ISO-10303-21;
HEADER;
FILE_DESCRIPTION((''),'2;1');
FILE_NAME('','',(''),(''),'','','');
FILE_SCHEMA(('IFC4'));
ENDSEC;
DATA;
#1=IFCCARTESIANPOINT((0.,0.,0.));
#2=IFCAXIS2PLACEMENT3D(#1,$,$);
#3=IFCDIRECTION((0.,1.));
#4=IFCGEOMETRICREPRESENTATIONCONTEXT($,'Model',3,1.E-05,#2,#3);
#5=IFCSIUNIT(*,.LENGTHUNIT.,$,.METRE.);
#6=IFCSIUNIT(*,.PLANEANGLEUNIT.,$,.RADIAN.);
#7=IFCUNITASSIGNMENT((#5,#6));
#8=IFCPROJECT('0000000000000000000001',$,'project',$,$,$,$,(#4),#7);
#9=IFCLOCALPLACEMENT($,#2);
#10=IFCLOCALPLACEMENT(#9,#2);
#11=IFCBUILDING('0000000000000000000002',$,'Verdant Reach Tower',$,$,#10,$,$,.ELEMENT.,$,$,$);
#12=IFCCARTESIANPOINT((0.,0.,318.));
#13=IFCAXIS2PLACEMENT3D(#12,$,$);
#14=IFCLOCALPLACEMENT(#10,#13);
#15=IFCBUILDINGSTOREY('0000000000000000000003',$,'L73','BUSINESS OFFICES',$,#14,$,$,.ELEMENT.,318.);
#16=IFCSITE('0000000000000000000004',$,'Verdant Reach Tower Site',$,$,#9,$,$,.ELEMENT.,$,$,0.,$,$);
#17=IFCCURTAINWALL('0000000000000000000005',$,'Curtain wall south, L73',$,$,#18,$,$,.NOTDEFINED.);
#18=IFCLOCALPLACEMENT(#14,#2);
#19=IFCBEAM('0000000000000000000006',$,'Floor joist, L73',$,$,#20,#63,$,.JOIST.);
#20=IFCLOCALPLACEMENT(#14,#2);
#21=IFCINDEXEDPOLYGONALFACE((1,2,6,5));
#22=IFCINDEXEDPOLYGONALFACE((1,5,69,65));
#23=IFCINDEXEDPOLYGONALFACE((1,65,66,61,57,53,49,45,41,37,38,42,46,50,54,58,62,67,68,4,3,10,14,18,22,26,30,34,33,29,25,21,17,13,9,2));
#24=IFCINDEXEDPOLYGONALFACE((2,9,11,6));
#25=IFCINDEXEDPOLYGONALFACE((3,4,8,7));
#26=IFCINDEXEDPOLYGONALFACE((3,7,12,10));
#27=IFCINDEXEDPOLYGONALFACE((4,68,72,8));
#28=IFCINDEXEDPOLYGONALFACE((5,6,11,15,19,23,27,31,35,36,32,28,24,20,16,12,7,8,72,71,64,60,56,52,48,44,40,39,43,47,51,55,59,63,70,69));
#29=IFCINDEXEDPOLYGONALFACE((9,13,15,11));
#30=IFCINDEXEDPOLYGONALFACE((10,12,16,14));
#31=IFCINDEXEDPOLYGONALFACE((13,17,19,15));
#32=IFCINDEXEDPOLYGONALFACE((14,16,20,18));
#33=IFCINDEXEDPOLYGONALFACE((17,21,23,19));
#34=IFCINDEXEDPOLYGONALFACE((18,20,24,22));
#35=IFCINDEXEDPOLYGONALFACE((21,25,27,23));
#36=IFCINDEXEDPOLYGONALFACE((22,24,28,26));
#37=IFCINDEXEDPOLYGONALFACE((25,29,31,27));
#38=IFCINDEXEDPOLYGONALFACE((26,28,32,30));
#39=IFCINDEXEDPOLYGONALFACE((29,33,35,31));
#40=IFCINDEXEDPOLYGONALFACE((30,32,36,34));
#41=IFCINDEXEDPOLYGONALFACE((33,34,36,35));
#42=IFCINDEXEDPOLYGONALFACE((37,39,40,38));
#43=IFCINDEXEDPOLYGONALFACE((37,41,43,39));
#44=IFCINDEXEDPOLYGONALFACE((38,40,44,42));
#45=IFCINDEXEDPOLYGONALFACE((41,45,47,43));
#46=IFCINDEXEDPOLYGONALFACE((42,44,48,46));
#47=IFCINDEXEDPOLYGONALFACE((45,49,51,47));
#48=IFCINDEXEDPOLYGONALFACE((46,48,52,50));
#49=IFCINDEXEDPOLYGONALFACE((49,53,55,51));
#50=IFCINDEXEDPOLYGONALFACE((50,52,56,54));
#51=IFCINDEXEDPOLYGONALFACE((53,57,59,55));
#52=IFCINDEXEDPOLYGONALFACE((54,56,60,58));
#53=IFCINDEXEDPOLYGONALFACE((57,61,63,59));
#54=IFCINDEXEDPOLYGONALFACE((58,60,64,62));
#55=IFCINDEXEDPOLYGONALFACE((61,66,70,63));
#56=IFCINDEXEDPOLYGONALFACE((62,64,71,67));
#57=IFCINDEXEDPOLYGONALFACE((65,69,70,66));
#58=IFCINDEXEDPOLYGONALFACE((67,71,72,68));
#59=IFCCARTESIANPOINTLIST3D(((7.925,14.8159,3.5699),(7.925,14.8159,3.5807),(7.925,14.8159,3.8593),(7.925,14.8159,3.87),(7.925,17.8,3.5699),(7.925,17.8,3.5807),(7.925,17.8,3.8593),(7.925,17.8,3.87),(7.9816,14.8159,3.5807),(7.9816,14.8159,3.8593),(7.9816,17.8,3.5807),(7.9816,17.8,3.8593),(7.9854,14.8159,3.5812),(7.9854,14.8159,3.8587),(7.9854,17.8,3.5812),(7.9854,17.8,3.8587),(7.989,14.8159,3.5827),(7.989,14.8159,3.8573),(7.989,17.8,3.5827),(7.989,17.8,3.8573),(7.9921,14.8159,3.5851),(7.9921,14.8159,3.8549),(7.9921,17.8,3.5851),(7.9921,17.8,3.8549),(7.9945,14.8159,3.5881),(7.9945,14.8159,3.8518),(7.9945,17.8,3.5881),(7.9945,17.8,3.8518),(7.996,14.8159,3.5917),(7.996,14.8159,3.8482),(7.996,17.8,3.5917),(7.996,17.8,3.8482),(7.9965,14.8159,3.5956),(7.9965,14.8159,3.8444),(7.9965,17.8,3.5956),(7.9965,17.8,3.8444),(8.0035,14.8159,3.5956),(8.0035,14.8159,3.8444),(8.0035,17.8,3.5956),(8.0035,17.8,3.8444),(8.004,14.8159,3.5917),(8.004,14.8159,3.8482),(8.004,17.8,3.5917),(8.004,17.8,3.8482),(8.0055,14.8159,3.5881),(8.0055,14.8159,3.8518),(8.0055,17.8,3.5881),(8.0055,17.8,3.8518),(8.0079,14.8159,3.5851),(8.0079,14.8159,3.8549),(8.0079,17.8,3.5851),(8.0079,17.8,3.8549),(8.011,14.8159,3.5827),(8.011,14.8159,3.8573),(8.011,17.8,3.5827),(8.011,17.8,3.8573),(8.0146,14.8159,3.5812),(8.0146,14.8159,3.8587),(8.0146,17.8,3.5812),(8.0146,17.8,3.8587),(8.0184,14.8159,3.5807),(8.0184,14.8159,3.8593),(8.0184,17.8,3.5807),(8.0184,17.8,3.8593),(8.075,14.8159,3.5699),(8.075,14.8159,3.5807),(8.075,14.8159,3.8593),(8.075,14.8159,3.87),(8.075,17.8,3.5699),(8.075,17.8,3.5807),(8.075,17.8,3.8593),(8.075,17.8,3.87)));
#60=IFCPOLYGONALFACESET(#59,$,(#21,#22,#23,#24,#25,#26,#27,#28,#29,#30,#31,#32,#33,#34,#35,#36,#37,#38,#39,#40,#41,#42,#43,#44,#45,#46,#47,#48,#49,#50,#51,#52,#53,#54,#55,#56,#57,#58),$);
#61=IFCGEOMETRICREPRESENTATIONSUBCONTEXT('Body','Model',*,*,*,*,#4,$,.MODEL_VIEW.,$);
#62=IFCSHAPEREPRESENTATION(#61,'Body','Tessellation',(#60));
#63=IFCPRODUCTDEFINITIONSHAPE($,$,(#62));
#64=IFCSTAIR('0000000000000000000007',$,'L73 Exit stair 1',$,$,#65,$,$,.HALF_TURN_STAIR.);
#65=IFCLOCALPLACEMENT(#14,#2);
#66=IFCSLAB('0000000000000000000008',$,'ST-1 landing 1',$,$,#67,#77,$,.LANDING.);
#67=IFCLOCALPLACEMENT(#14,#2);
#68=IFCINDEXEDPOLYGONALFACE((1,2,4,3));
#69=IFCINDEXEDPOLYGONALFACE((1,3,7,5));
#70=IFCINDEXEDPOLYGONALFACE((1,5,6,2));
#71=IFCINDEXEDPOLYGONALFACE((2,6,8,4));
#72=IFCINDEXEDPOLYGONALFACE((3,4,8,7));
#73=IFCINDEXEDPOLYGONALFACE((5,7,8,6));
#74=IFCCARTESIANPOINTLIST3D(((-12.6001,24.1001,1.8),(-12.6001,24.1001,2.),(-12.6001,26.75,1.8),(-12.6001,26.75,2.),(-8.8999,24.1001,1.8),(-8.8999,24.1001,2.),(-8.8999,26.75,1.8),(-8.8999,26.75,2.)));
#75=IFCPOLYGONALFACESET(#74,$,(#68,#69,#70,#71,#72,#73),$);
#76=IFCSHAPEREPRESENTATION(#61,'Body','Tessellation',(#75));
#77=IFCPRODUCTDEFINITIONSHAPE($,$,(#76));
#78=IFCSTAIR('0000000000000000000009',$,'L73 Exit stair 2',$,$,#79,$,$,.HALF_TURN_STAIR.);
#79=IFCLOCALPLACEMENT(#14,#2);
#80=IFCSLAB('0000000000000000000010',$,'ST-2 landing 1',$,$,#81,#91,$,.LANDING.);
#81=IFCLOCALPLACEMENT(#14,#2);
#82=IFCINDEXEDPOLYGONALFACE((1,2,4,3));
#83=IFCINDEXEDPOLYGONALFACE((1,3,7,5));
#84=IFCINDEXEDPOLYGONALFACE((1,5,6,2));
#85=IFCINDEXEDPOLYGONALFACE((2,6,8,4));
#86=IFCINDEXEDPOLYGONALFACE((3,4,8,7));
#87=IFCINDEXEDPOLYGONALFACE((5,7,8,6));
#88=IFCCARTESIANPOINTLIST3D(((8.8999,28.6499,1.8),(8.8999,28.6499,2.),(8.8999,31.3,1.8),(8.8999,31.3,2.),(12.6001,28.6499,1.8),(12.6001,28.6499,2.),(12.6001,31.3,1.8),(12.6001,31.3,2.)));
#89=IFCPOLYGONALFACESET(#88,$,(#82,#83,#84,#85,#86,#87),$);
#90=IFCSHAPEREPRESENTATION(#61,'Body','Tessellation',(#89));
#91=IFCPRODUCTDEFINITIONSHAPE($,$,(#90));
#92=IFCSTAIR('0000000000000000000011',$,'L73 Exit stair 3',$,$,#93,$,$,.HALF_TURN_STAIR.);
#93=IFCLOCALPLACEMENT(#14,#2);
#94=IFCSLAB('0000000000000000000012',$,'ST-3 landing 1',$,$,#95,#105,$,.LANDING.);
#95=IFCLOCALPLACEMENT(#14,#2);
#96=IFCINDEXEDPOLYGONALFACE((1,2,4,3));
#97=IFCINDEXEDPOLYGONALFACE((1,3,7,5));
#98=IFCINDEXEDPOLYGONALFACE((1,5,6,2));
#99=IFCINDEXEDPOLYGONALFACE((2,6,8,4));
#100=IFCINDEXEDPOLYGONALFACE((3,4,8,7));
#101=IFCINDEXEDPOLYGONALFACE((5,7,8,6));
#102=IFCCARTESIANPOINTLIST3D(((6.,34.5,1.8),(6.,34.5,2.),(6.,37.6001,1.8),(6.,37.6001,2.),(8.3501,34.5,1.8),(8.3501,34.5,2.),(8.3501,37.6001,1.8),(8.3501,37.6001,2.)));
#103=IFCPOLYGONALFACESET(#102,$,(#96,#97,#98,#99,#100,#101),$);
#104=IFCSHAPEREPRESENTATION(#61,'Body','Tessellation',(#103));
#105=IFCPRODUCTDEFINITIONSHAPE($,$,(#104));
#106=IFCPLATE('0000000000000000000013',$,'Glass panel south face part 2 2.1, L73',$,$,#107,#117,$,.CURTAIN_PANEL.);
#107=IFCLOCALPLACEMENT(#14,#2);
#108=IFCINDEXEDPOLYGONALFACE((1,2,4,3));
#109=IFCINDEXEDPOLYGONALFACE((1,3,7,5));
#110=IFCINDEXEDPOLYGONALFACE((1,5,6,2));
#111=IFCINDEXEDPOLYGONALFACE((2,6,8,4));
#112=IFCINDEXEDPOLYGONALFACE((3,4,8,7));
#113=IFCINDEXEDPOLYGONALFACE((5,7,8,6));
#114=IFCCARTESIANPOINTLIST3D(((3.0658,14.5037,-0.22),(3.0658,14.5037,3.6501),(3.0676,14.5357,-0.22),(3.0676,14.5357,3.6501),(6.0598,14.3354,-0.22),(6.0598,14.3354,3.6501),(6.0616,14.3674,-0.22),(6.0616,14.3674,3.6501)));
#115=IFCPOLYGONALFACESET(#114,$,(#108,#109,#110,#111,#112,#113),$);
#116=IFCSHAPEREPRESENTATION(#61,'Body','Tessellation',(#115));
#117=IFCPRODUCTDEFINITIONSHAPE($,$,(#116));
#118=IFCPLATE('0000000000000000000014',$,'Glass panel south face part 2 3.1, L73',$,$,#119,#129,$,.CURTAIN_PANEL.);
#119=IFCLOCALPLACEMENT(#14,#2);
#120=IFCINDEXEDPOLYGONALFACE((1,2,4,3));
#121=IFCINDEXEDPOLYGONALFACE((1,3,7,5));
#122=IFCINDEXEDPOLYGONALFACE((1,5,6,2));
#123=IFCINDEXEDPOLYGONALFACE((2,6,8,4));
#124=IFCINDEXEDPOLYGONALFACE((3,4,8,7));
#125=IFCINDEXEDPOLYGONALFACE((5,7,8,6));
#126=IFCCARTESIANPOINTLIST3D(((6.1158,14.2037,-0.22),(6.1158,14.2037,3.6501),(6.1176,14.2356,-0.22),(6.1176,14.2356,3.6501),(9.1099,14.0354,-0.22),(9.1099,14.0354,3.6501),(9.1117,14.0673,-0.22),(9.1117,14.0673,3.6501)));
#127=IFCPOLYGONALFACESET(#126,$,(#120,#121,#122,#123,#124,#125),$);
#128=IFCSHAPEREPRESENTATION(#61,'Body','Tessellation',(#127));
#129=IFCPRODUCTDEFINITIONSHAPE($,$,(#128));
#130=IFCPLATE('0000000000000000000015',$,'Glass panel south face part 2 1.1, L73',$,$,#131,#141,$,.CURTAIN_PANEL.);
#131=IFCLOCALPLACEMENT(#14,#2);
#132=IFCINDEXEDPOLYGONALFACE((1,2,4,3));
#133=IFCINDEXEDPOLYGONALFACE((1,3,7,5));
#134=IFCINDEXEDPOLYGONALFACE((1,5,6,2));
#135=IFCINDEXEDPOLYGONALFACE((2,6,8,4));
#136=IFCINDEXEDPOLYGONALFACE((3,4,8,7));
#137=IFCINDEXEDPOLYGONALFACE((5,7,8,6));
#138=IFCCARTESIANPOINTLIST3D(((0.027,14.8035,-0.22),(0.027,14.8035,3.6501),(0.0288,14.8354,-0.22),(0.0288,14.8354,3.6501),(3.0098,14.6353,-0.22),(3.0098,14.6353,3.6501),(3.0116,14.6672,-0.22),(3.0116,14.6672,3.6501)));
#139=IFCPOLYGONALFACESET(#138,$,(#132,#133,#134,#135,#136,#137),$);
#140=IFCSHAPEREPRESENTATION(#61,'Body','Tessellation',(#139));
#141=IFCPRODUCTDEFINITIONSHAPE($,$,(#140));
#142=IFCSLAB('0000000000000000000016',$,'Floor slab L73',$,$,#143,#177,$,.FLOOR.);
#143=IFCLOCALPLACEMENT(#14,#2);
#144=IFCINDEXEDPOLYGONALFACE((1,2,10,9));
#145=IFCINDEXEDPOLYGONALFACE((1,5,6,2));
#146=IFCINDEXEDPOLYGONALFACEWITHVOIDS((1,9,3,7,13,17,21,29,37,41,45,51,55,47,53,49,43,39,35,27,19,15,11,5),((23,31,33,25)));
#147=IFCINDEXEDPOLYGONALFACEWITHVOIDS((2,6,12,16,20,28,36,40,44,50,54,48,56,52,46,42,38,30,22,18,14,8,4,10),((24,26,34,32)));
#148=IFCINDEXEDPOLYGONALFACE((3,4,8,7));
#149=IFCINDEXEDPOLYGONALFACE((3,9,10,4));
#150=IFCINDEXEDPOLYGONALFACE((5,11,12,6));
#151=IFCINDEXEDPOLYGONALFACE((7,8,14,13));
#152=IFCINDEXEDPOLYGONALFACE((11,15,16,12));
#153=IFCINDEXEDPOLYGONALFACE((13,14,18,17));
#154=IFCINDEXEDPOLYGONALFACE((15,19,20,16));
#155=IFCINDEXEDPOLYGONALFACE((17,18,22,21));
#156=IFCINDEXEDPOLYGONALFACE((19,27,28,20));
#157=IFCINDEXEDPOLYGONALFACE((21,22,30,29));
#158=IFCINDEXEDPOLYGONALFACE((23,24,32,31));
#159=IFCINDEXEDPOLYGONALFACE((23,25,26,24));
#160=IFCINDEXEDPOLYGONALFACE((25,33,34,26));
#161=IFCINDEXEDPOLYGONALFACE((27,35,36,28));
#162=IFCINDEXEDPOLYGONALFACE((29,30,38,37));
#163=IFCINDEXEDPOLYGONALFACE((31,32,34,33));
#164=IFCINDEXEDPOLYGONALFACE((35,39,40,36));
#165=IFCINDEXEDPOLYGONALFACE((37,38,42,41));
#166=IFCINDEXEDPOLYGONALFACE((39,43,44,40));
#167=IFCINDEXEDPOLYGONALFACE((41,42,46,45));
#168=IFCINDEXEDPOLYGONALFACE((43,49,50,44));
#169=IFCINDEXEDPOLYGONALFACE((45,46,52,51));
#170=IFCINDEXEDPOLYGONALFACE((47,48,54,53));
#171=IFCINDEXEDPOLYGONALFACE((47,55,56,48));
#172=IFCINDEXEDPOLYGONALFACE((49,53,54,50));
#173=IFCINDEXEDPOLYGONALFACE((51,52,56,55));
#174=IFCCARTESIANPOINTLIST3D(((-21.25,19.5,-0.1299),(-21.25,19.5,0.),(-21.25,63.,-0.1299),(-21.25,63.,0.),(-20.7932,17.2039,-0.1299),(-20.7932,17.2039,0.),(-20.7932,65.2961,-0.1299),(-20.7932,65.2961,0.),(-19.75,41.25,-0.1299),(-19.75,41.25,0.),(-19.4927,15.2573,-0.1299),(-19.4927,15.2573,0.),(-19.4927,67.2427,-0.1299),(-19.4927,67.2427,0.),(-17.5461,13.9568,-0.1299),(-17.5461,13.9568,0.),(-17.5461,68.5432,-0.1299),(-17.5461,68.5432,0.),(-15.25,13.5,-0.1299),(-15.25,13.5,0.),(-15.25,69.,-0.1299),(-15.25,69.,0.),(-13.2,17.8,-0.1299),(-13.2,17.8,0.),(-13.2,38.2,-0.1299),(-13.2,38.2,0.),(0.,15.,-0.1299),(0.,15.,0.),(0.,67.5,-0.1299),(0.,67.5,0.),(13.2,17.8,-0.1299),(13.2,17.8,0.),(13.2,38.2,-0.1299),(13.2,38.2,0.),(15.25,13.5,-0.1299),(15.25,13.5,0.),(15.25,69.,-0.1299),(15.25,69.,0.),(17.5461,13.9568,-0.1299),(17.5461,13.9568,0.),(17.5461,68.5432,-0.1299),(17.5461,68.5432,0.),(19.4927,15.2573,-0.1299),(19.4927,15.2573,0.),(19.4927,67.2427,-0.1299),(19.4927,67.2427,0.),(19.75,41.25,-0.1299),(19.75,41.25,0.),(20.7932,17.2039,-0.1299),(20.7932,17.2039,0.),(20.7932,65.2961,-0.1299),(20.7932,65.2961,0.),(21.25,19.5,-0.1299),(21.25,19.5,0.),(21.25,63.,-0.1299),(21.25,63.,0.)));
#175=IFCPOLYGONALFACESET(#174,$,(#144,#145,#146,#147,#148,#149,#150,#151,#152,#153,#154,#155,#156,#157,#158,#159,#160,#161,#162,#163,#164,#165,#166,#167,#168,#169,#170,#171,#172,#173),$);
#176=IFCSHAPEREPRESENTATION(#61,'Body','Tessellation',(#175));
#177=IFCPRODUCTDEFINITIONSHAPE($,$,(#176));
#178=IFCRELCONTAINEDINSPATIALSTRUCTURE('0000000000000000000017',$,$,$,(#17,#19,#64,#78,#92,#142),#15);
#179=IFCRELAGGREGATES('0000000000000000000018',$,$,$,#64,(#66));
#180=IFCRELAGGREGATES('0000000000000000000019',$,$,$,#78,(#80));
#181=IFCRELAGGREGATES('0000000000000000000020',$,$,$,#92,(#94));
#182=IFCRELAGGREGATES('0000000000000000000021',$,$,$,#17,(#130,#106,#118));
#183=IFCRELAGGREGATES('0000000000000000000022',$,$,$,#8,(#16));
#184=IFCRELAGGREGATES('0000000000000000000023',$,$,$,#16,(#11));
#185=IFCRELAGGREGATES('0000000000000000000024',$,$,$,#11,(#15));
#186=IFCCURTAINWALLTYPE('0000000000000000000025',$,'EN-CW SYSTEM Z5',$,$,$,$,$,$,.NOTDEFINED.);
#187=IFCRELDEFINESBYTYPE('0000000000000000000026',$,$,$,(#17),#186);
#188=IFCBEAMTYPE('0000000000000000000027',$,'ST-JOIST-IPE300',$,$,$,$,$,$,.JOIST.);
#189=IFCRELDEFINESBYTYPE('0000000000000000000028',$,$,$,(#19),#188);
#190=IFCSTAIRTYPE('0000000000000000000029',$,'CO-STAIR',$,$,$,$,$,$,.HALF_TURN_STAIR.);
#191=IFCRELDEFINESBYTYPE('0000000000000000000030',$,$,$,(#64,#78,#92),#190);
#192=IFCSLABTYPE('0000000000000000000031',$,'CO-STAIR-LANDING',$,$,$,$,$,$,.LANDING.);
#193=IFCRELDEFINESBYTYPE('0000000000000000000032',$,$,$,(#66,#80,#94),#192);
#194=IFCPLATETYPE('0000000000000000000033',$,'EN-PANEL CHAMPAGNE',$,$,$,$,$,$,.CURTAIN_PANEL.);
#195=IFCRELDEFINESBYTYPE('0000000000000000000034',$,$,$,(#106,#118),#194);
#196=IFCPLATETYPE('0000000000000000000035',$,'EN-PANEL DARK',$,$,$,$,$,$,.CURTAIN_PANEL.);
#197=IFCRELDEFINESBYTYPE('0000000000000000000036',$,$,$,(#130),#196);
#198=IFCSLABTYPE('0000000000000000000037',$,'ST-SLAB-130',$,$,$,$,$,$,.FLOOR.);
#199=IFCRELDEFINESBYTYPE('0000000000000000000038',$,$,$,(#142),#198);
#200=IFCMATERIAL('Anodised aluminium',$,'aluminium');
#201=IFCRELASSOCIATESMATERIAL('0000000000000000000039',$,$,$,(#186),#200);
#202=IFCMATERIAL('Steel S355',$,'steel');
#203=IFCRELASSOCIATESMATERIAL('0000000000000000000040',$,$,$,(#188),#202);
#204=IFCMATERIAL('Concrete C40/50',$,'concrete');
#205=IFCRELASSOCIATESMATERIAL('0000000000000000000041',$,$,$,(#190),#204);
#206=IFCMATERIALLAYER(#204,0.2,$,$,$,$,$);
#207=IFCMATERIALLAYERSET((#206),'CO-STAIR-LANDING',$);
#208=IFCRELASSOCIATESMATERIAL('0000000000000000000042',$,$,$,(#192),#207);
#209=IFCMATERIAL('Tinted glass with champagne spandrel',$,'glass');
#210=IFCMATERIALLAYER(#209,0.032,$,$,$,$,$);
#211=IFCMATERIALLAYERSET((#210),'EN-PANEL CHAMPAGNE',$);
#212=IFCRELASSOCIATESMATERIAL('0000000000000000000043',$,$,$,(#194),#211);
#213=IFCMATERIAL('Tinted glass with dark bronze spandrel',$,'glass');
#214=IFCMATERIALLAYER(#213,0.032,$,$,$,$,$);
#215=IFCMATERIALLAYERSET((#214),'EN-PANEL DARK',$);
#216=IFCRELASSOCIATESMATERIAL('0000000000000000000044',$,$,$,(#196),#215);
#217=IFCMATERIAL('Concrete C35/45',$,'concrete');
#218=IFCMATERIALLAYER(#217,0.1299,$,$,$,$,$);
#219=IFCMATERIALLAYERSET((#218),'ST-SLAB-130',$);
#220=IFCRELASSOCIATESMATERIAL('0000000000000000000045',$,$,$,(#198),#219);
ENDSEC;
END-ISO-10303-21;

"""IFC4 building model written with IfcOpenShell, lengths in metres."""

from ifc_helpers import new_model, si_unit, direction, frame, origin, origin_2d, place, context, subcontext, project, spatial, polyline, rectangle, i_section, outline, extrude, material, layer, layer_set, material_profile, profile_set, type_object, element, aggregate, save


model = new_model("IFC4")

# Units and contexts
model_context = context("Model", 3, precision=1e-05, world=origin(), true_north=direction((0.0, 1.0)))
body_context = subcontext(model_context, "Body", "Model", "MODEL_VIEW")
ifc_project = project(units=[si_unit("LENGTHUNIT", "METRE"), si_unit("PLANEANGLEUNIT", "RADIAN")], contexts=[model_context])

# Site, building, storey
site_placement = place(None, origin())
site = spatial("IfcSite", under=ifc_project, at=site_placement, Name="Verdant Reach Tower Site", CompositionType="ELEMENT", RefElevation=0.0)
building_placement = place(site_placement, origin())
building = spatial("IfcBuilding", under=site, at=building_placement, Name="Verdant Reach Tower", CompositionType="ELEMENT")
storey_placement = place(building_placement, frame((0.0, 0.0, 318.0)))
storey = spatial("IfcBuildingStorey", under=building, at=storey_placement, Name="L73", Description="BUSINESS OFFICES", CompositionType="ELEMENT", Elevation=318.0)

# Curtain wall
ifc_material_1 = material(Name="Anodised aluminium", Category="aluminium")
curtain_wall_type = type_object("IfcCurtainWallType", Name="EN-CW SYSTEM Z5", PredefinedType="NOTDEFINED", material=ifc_material_1)
curtain_wall_placement = place(storey_placement, origin())
curtain_wall = element("IfcCurtainWall", 1, at=curtain_wall_placement, inside=storey, type_object=curtain_wall_type, Name="Curtain wall south, L73", PredefinedType="NOTDEFINED")

# Beam
ifc_material_2 = material(Name="Steel S355", Category="steel")
ifc_material_profile_1 = material_profile(ifc_material_2, i_section(OverallWidth=0.1499, OverallDepth=0.3, WebThickness=0.0071, FlangeThickness=0.0107, FilletRadius=0.0149, at=origin_2d()), Name="IPE 300")
ifc_profile_set_1 = profile_set([ifc_material_profile_1], Name="Steel S355")
beam_type = type_object("IfcBeamType", Name="ST-JOIST-IPE300", PredefinedType="JOIST", material=ifc_profile_set_1)
beam_1_placement = place(storey_placement, frame((8.0, 17.8, 3.72), z_axis=(0.0, -1.0, 0.0), x_axis=(1.0, 0.0, 0.0)))
element("IfcBeam", 2, at=beam_1_placement, inside=storey, type_object=beam_type, Name="Floor joist, L73", PredefinedType="JOIST", context=body_context, shape_type="SweptSolid", body=[
    extrude(i_section(OverallWidth=0.1499, OverallDepth=0.3, WebThickness=0.0071, FlangeThickness=0.0107, FilletRadius=0.0149, at=origin_2d()), origin(), (0.0, 0.0, 1.0), 2.9841),
])

# Stairs, slabs
ifc_material_3 = material(Name="Concrete C40/50", Category="concrete")
stair_type = type_object("IfcStairType", Name="CO-STAIR", PredefinedType="HALF_TURN_STAIR", material=ifc_material_3)
stair_1_placement = place(storey_placement, origin())
stair_1 = element("IfcStair", 3, at=stair_1_placement, inside=storey, type_object=stair_type, Name="L73 Exit stair 1", PredefinedType="HALF_TURN_STAIR")
ifc_layer_1 = layer(ifc_material_3, 0.2)
ifc_layer_set_1 = layer_set([ifc_layer_1], Name="CO-STAIR-LANDING")
slab_type_1 = type_object("IfcSlabType", Name="CO-STAIR-LANDING", PredefinedType="LANDING", material=ifc_layer_set_1)
slab_1_placement = place(storey_placement, frame((0.0, 0.0, 1.8)))
slab_1 = element("IfcSlab", 4, at=slab_1_placement, type_object=slab_type_1, Name="ST-1 landing 1", PredefinedType="LANDING", context=body_context, shape_type="SweptSolid", body=[
    extrude(outline(polyline([(-12.6001, 26.75), (-12.6001, 24.1001), (-8.8999, 24.1001), (-8.8999, 26.75), (-12.6001, 26.75)])), origin(), (0.0, 0.0, 1.0), 0.2),
])
aggregate(stair_1, [slab_1])
stair_2_placement = place(storey_placement, origin())
stair_2 = element("IfcStair", 5, at=stair_2_placement, inside=storey, type_object=stair_type, Name="L73 Exit stair 2", PredefinedType="HALF_TURN_STAIR")
slab_2_placement = place(storey_placement, frame((0.0, 0.0, 1.8)))
slab_2 = element("IfcSlab", 6, at=slab_2_placement, type_object=slab_type_1, Name="ST-2 landing 1", PredefinedType="LANDING", context=body_context, shape_type="SweptSolid", body=[
    extrude(outline(polyline([(12.6001, 28.6499), (12.6001, 31.3), (8.8999, 31.3), (8.8999, 28.6499), (12.6001, 28.6499)])), origin(), (0.0, 0.0, 1.0), 0.2),
])
aggregate(stair_2, [slab_2])
stair_3_placement = place(storey_placement, origin())
stair_3 = element("IfcStair", 7, at=stair_3_placement, inside=storey, type_object=stair_type, Name="L73 Exit stair 3", PredefinedType="HALF_TURN_STAIR")
slab_3_placement = place(storey_placement, frame((0.0, 0.0, 1.8)))
slab_3 = element("IfcSlab", 8, at=slab_3_placement, type_object=slab_type_1, Name="ST-3 landing 1", PredefinedType="LANDING", context=body_context, shape_type="SweptSolid", body=[
    extrude(outline(polyline([(8.3501, 37.6001), (6.0, 37.6001), (6.0, 34.5), (8.3501, 34.5), (8.3501, 37.6001)])), origin(), (0.0, 0.0, 1.0), 0.2),
])
aggregate(stair_3, [slab_3])

# Plates
ifc_material_4 = material(Name="Tinted glass with champagne spandrel", Category="glass")
ifc_layer_2 = layer(ifc_material_4, 0.032)
ifc_layer_set_2 = layer_set([ifc_layer_2], Name="EN-PANEL CHAMPAGNE")
plate_type_1 = type_object("IfcPlateType", Name="EN-PANEL CHAMPAGNE", PredefinedType="CURTAIN_PANEL", material=ifc_layer_set_2)
plate_1_placement = place(storey_placement, frame((4.5637, 14.4355, -0.22), z_axis=(0.0, 0.0, 1.0), x_axis=(0.998424, -0.056128, 0.0)))
plate_1 = element("IfcPlate", 9, at=plate_1_placement, type_object=plate_type_1, Name="Glass panel south face part 2 2.1, L73", PredefinedType="CURTAIN_PANEL", context=body_context, shape_type="SweptSolid", body=[
    extrude(rectangle(XDim=2.9988, YDim=0.032, at=origin_2d()), origin(), (0.0, 0.0, 1.0), 3.8701),
])
plate_2_placement = place(storey_placement, frame((7.6138, 14.1355, -0.22), z_axis=(0.0, 0.0, 1.0), x_axis=(0.998424, -0.056128, 0.0)))
plate_2 = element("IfcPlate", 10, at=plate_2_placement, type_object=plate_type_1, Name="Glass panel south face part 2 3.1, L73", PredefinedType="CURTAIN_PANEL", context=body_context, shape_type="SweptSolid", body=[
    extrude(rectangle(XDim=2.9988, YDim=0.032, at=origin_2d()), origin(), (0.0, 0.0, 1.0), 3.8701),
])
ifc_material_5 = material(Name="Tinted glass with dark bronze spandrel", Category="glass")
ifc_layer_3 = layer(ifc_material_5, 0.032)
ifc_layer_set_3 = layer_set([ifc_layer_3], Name="EN-PANEL DARK")
plate_type_2 = type_object("IfcPlateType", Name="EN-PANEL DARK", PredefinedType="CURTAIN_PANEL", material=ifc_layer_set_3)
plate_3_placement = place(storey_placement, frame((1.5193, 14.7354, -0.22), z_axis=(0.0, 0.0, 1.0), x_axis=(0.998413, -0.056308, 0.0)))
plate_3 = element("IfcPlate", 11, at=plate_3_placement, type_object=plate_type_2, Name="Glass panel south face part 2 1.1, L73", PredefinedType="CURTAIN_PANEL", context=body_context, shape_type="SweptSolid", body=[
    extrude(rectangle(XDim=2.9875, YDim=0.032, at=origin_2d()), origin(), (0.0, 0.0, 1.0), 3.8701),
])
aggregate(curtain_wall, [plate_3, plate_1, plate_2])

# Slab
ifc_material_6 = material(Name="Concrete C35/45", Category="concrete")
ifc_layer_4 = layer(ifc_material_6, 0.1299)
ifc_layer_set_4 = layer_set([ifc_layer_4], Name="ST-SLAB-130")
slab_type_2 = type_object("IfcSlabType", Name="ST-SLAB-130", PredefinedType="FLOOR", material=ifc_layer_set_4)
slab_4_placement = place(storey_placement, frame((0.0, 0.0, -0.1299)))
element("IfcSlab", 12, at=slab_4_placement, inside=storey, type_object=slab_type_2, Name="Floor slab L73", PredefinedType="FLOOR", context=body_context, shape_type="SweptSolid", body=[
    extrude(outline(polyline([(0.0, 15.0), (-15.25, 13.5), (-17.5461, 13.9568), (-19.4927, 15.2573), (-20.7932, 17.2039), (-21.25, 19.5), (-19.75, 41.25), (-21.25, 63.0), (-20.7932, 65.2961), (-19.4927, 67.2427), (-17.5461, 68.5432), (-15.25, 69.0), (0.0, 67.5), (15.25, 69.0), (17.5461, 68.5432), (19.4927, 67.2427), (20.7932, 65.2961), (21.25, 63.0), (19.75, 41.25), (21.25, 19.5), (20.7932, 17.2039), (19.4927, 15.2573), (17.5461, 13.9568), (15.25, 13.5), (0.0, 15.0)]), holes=[polyline([(13.2, 38.2), (-13.2, 38.2), (-13.2, 17.8), (13.2, 17.8), (13.2, 38.2)])]), origin(), (0.0, 0.0, 1.0), 0.1299),
])

save(model, "model.ifc")
